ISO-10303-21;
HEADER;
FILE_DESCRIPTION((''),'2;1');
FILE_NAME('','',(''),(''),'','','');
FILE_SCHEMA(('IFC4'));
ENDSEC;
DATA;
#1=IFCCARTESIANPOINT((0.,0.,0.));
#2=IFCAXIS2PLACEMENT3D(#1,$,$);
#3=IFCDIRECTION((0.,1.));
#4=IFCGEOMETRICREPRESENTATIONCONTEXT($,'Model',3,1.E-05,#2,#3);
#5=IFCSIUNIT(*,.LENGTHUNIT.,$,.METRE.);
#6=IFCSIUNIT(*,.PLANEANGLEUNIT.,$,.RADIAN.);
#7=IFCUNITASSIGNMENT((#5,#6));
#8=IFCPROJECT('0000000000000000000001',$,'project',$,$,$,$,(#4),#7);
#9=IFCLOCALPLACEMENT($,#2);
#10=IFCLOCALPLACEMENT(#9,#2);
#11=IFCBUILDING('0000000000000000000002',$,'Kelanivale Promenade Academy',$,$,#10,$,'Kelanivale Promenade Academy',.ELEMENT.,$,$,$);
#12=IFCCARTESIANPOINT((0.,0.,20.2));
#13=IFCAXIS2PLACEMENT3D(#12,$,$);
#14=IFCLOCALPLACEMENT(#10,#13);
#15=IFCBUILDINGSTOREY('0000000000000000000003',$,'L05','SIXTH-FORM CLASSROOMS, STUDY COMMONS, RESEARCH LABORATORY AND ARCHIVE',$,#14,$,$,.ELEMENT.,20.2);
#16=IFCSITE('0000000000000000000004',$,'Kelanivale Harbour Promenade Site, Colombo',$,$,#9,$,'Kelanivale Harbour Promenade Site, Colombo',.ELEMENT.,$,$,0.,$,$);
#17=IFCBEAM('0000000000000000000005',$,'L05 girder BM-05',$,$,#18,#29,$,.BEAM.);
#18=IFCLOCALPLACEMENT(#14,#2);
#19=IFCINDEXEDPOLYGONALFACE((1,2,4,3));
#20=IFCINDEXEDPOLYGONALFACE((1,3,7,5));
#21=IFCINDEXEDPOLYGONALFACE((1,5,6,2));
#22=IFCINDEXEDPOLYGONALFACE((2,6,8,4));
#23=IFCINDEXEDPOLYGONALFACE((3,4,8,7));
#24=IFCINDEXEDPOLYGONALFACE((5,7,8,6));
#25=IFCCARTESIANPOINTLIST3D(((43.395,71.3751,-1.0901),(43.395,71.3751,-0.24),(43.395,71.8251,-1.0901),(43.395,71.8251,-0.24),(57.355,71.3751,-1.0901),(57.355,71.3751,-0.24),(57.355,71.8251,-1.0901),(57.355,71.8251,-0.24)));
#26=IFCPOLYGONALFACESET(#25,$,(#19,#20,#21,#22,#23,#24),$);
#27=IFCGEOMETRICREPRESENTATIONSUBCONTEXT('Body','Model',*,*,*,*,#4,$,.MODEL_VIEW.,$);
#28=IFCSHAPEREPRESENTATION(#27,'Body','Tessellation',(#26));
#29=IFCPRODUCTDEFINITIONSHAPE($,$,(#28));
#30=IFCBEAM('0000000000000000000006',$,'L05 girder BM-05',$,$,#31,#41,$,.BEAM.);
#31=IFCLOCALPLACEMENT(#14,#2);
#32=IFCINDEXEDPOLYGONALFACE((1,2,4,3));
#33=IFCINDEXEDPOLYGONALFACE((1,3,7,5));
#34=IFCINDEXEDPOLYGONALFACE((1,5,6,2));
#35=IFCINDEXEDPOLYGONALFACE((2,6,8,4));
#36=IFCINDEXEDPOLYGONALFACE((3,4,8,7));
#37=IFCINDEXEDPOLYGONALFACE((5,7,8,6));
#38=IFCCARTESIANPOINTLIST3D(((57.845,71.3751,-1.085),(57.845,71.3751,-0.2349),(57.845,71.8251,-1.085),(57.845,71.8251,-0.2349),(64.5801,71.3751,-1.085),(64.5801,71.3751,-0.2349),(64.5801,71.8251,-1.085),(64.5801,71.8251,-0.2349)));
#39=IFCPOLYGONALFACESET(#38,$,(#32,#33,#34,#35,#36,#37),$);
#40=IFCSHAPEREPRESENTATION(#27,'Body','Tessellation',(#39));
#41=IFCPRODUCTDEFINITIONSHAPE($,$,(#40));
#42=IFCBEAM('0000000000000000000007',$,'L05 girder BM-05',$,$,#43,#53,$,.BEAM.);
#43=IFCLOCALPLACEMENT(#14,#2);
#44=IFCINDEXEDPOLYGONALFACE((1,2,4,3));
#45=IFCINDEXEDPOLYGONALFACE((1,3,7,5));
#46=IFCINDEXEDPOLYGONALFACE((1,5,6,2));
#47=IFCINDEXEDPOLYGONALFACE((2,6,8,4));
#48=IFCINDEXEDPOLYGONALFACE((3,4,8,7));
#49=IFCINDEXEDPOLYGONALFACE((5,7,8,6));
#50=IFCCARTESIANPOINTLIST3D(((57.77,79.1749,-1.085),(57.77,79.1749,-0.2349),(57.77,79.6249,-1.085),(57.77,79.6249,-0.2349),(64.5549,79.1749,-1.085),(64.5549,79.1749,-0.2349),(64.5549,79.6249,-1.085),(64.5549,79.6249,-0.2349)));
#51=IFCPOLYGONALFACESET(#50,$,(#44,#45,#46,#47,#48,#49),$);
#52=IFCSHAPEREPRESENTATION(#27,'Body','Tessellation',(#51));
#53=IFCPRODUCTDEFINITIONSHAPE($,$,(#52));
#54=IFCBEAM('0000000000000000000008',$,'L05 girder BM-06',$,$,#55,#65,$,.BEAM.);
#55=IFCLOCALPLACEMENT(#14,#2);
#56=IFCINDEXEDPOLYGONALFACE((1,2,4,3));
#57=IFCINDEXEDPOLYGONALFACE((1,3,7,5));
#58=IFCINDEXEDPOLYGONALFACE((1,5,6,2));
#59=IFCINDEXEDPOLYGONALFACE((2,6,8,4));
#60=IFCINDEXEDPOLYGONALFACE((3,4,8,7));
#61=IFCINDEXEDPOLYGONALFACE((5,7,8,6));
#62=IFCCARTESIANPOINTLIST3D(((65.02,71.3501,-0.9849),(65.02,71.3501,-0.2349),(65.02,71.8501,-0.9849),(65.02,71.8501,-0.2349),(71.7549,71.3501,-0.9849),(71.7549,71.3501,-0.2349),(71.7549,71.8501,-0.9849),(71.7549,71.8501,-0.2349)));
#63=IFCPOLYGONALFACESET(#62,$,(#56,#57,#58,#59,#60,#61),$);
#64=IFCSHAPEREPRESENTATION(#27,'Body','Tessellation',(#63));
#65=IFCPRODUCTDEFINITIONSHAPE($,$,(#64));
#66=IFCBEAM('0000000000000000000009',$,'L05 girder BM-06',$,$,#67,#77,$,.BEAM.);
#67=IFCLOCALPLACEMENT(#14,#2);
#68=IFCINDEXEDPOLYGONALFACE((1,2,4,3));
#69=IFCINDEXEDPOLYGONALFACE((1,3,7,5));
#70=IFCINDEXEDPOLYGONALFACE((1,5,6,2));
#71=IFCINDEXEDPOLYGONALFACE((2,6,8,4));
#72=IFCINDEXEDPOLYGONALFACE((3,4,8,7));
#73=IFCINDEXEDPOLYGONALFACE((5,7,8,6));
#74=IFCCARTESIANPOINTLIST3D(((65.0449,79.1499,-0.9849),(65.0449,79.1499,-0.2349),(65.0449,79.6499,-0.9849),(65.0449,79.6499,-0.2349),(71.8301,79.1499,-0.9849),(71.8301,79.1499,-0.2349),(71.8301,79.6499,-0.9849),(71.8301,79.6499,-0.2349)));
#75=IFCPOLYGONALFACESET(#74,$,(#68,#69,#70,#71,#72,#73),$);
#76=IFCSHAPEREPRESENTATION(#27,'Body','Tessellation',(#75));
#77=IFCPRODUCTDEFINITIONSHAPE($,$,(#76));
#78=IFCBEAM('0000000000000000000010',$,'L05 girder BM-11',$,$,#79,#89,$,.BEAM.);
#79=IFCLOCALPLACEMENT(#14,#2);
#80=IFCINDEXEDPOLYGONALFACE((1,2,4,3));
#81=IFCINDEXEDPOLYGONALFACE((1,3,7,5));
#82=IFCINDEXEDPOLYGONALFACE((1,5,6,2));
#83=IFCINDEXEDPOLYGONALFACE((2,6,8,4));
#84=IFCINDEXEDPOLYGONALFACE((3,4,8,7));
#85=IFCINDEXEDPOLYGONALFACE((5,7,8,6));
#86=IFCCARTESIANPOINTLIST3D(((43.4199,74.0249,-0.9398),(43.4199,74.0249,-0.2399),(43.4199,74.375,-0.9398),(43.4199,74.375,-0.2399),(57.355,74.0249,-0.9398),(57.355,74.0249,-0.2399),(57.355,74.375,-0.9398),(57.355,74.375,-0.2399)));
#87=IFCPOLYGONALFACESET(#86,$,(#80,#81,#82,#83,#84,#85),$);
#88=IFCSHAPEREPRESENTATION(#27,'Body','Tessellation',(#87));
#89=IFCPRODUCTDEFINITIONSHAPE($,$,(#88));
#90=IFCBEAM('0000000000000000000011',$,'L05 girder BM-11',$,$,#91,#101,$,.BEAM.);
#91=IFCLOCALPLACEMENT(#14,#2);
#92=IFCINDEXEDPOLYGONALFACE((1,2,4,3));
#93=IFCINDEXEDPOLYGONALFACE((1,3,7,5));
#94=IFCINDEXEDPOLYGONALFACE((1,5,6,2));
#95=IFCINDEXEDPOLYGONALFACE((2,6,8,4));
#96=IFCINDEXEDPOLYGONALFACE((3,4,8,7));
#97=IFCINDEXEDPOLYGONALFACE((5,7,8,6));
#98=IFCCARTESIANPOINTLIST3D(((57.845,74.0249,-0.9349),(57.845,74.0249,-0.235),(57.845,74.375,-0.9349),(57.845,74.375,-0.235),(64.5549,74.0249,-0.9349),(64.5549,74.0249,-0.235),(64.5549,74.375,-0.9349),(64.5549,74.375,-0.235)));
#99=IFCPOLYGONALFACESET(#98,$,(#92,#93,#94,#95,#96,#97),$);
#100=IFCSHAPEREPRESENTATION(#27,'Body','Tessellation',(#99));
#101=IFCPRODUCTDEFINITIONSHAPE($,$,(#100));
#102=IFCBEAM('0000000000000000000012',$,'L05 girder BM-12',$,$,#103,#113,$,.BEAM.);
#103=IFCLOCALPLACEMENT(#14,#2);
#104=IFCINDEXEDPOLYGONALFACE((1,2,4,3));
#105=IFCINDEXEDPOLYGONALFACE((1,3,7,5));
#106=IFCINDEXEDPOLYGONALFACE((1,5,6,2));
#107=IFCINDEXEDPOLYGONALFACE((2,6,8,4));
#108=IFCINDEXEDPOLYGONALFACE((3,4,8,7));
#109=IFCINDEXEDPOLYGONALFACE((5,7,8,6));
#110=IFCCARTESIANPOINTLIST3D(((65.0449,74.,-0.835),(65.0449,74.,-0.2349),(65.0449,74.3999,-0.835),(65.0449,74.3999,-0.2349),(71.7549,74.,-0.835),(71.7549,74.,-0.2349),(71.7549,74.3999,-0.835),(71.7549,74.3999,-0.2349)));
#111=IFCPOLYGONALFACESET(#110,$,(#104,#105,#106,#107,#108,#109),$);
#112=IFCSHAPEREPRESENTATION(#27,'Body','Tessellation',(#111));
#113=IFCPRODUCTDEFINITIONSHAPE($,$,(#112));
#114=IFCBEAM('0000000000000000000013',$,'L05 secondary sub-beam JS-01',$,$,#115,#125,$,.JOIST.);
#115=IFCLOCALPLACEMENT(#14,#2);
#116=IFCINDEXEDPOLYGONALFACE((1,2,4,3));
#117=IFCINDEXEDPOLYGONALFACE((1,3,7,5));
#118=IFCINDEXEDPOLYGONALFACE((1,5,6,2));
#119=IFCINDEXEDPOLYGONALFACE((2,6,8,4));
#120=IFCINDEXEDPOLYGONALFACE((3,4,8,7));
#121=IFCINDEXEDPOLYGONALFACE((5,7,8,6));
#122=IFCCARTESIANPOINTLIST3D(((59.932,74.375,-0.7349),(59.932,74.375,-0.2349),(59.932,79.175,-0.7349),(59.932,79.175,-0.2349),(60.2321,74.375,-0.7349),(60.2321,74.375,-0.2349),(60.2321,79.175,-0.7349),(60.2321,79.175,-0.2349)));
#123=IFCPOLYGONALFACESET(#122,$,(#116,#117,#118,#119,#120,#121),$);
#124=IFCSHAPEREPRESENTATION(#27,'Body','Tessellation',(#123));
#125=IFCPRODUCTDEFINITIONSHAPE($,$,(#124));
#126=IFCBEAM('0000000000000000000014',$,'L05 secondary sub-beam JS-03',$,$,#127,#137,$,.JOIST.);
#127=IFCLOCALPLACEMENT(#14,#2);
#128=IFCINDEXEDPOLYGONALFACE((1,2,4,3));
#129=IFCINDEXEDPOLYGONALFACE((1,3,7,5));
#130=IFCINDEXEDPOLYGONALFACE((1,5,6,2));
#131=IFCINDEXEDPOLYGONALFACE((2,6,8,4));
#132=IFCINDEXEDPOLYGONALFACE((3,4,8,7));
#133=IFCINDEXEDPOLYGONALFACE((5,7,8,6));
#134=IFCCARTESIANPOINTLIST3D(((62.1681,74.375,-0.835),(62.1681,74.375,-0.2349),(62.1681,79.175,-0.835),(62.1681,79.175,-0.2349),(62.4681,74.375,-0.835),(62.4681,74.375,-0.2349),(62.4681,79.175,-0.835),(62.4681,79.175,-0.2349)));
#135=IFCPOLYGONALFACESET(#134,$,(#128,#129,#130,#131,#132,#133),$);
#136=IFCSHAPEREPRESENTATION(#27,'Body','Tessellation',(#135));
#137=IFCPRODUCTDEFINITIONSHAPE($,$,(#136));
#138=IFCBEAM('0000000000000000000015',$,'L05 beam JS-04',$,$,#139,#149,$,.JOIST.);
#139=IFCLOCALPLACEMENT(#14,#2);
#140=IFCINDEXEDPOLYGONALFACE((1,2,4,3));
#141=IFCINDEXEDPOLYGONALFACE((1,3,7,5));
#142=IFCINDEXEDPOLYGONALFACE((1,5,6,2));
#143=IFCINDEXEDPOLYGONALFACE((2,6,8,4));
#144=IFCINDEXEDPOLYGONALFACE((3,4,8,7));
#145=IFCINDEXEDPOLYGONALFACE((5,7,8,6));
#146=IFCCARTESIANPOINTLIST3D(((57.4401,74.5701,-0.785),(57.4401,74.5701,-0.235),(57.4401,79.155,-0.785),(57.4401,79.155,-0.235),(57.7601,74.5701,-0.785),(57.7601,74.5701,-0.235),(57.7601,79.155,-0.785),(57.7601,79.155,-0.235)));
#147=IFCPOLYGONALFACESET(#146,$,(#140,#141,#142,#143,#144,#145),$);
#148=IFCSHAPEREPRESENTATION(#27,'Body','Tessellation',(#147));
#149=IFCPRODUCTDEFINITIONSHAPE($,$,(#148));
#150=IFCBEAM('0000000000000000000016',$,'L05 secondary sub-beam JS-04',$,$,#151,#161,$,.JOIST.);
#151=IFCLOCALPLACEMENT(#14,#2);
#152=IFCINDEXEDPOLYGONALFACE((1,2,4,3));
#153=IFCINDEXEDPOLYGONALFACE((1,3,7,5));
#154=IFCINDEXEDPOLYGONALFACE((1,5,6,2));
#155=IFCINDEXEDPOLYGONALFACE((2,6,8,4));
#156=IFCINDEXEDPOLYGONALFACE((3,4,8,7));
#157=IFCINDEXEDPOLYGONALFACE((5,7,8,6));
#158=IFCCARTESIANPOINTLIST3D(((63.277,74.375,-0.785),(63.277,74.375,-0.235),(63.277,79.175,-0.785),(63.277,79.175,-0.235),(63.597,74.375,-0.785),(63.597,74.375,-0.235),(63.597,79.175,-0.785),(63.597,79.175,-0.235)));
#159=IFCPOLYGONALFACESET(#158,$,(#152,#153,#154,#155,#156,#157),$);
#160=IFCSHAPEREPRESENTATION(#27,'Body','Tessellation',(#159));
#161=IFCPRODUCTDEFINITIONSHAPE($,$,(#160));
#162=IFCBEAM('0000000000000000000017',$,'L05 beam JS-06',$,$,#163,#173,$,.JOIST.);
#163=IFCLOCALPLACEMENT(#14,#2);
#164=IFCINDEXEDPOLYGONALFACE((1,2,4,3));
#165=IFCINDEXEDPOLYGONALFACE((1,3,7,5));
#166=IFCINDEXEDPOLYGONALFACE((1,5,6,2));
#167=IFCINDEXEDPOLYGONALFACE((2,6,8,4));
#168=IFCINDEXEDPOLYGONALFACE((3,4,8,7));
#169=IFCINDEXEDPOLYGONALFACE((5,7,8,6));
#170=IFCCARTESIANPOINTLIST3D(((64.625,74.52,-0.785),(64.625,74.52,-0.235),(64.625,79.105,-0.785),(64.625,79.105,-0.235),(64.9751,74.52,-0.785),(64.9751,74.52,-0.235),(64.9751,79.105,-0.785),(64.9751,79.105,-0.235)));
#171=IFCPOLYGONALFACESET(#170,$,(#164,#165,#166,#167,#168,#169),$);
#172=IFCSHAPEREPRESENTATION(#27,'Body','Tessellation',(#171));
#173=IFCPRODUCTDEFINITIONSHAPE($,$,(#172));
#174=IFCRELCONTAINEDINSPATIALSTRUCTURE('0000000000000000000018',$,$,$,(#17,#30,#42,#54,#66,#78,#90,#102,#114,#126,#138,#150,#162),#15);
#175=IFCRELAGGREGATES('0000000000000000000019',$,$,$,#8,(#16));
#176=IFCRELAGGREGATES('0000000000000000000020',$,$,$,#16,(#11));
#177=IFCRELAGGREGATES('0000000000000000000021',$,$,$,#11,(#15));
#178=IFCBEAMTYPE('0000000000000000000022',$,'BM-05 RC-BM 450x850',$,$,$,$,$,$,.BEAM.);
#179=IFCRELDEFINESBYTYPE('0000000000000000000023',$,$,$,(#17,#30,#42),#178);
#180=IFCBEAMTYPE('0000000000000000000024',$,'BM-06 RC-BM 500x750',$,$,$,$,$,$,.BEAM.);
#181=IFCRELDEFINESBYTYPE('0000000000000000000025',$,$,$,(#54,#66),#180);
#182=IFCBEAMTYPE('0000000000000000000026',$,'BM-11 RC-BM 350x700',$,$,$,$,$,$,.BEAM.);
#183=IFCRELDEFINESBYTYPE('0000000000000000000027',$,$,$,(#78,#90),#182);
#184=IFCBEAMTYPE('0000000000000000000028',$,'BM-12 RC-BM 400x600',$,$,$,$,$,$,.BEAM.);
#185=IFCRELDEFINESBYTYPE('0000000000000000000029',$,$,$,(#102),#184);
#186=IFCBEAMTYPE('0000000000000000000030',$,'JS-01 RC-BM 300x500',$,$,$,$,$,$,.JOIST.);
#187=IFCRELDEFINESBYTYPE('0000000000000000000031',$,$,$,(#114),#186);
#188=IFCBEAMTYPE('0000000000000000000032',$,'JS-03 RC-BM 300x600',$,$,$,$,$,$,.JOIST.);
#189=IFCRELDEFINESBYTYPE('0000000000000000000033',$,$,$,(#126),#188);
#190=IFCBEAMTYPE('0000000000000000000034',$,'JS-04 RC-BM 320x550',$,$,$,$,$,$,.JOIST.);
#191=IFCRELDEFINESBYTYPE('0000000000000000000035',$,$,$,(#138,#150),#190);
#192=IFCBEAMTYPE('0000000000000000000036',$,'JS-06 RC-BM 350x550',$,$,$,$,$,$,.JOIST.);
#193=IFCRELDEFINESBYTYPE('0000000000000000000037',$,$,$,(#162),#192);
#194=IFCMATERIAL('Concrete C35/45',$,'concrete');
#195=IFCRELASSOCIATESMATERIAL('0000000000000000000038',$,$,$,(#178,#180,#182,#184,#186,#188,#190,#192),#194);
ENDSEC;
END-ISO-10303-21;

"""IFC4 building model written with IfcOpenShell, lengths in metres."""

from ifc_helpers import new_model, si_unit, direction, frame, origin, origin_2d, place, context, subcontext, project, spatial, rectangle, extrude, material, material_profile, profile_set, type_object, element, save


model = new_model("IFC4")

# Units and contexts
model_context = context("Model", 3, precision=1e-05, world=origin(), true_north=direction((0.0, 1.0)))
body_context = subcontext(model_context, "Body", "Model", "MODEL_VIEW")
ifc_project = project(units=[si_unit("LENGTHUNIT", "METRE"), si_unit("PLANEANGLEUNIT", "RADIAN")], contexts=[model_context])

# Site, building, storey
site_placement = place(None, origin())
site = spatial("IfcSite", under=ifc_project, at=site_placement, Name="Kelanivale Harbour Promenade Site, Colombo", LongName="Kelanivale Harbour Promenade Site, Colombo", CompositionType="ELEMENT", RefElevation=0.0)
building_placement = place(site_placement, origin())
building = spatial("IfcBuilding", under=site, at=building_placement, Name="Kelanivale Promenade Academy", LongName="Kelanivale Promenade Academy", CompositionType="ELEMENT")
storey_placement = place(building_placement, frame((0.0, 0.0, 20.2)))
storey = spatial("IfcBuildingStorey", under=building, at=storey_placement, Name="L05", Description="SIXTH-FORM CLASSROOMS, STUDY COMMONS, RESEARCH LABORATORY AND ARCHIVE", CompositionType="ELEMENT", Elevation=20.2)

# Beams
ifc_material_1 = material(Name="Concrete C35/45", Category="concrete")
ifc_material_profile_1 = material_profile(ifc_material_1, rectangle(XDim=0.45, YDim=0.8501, at=origin_2d()), Name="RC-BM 450x850")
ifc_profile_set_1 = profile_set([ifc_material_profile_1], Name="Concrete C35/45")
beam_type_1 = type_object("IfcBeamType", Name="BM-05 RC-BM 450x850", PredefinedType="BEAM", material=ifc_profile_set_1)
beam_1_placement = place(storey_placement, frame((43.395, 71.6001, -0.665), z_axis=(1.0, 0.0, 0.0), x_axis=(0.0, 1.0, 0.0)))
element("IfcBeam", 1, at=beam_1_placement, inside=storey, type_object=beam_type_1, Name="L05 girder BM-05", PredefinedType="BEAM", context=body_context, shape_type="SweptSolid", body=[
    extrude(rectangle(XDim=0.45, YDim=0.8501, at=origin_2d()), origin(), (0.0, 0.0, 1.0), 13.96),
])
beam_2_placement = place(storey_placement, frame((57.845, 71.6001, -0.6599), z_axis=(1.0, 0.0, 0.0), x_axis=(0.0, 1.0, 0.0)))
element("IfcBeam", 2, at=beam_2_placement, inside=storey, type_object=beam_type_1, Name="L05 girder BM-05", PredefinedType="BEAM", context=body_context, shape_type="SweptSolid", body=[
    extrude(rectangle(XDim=0.45, YDim=0.8501, at=origin_2d()), origin(), (0.0, 0.0, 1.0), 6.7351),
])
beam_3_placement = place(storey_placement, frame((57.77, 79.3999, -0.6599), z_axis=(1.0, 0.0, 0.0), x_axis=(0.0, 1.0, 0.0)))
element("IfcBeam", 3, at=beam_3_placement, inside=storey, type_object=beam_type_1, Name="L05 girder BM-05", PredefinedType="BEAM", context=body_context, shape_type="SweptSolid", body=[
    extrude(rectangle(XDim=0.45, YDim=0.8501, at=origin_2d()), origin(), (0.0, 0.0, 1.0), 6.7849),
])
ifc_material_profile_2 = material_profile(ifc_material_1, rectangle(XDim=0.5, YDim=0.75, at=origin_2d()), Name="RC-BM 500x750")
ifc_profile_set_2 = profile_set([ifc_material_profile_2], Name="Concrete C35/45")
beam_type_2 = type_object("IfcBeamType", Name="BM-06 RC-BM 500x750", PredefinedType="BEAM", material=ifc_profile_set_2)
beam_4_placement = place(storey_placement, frame((65.02, 71.6001, -0.6099), z_axis=(1.0, 0.0, 0.0), x_axis=(0.0, 1.0, 0.0)))
element("IfcBeam", 4, at=beam_4_placement, inside=storey, type_object=beam_type_2, Name="L05 girder BM-06", PredefinedType="BEAM", context=body_context, shape_type="SweptSolid", body=[
    extrude(rectangle(XDim=0.5, YDim=0.75, at=origin_2d()), origin(), (0.0, 0.0, 1.0), 6.7349),
])
beam_5_placement = place(storey_placement, frame((65.0449, 79.3999, -0.6099), z_axis=(1.0, 0.0, 0.0), x_axis=(0.0, 1.0, 0.0)))
element("IfcBeam", 5, at=beam_5_placement, inside=storey, type_object=beam_type_2, Name="L05 girder BM-06", PredefinedType="BEAM", context=body_context, shape_type="SweptSolid", body=[
    extrude(rectangle(XDim=0.5, YDim=0.75, at=origin_2d()), origin(), (0.0, 0.0, 1.0), 6.7852),
])
ifc_material_profile_3 = material_profile(ifc_material_1, rectangle(XDim=0.3501, YDim=0.7, at=origin_2d()), Name="RC-BM 350x700")
ifc_profile_set_3 = profile_set([ifc_material_profile_3], Name="Concrete C35/45")
beam_type_3 = type_object("IfcBeamType", Name="BM-11 RC-BM 350x700", PredefinedType="BEAM", material=ifc_profile_set_3)
beam_6_placement = place(storey_placement, frame((43.4199, 74.2, -0.5898), z_axis=(1.0, 0.0, 0.0), x_axis=(0.0, 1.0, 0.0)))
element("IfcBeam", 6, at=beam_6_placement, inside=storey, type_object=beam_type_3, Name="L05 girder BM-11", PredefinedType="BEAM", context=body_context, shape_type="SweptSolid", body=[
    extrude(rectangle(XDim=0.3501, YDim=0.7, at=origin_2d()), origin(), (0.0, 0.0, 1.0), 13.9351),
])
beam_7_placement = place(storey_placement, frame((57.845, 74.2, -0.585), z_axis=(1.0, 0.0, 0.0), x_axis=(0.0, 1.0, 0.0)))
element("IfcBeam", 7, at=beam_7_placement, inside=storey, type_object=beam_type_3, Name="L05 girder BM-11", PredefinedType="BEAM", context=body_context, shape_type="SweptSolid", body=[
    extrude(rectangle(XDim=0.3501, YDim=0.7, at=origin_2d()), origin(), (0.0, 0.0, 1.0), 6.71),
])
ifc_material_profile_4 = material_profile(ifc_material_1, rectangle(XDim=0.3999, YDim=0.6001, at=origin_2d()), Name="RC-BM 400x600")
ifc_profile_set_4 = profile_set([ifc_material_profile_4], Name="Concrete C35/45")
beam_type_4 = type_object("IfcBeamType", Name="BM-12 RC-BM 400x600", PredefinedType="BEAM", material=ifc_profile_set_4)
beam_8_placement = place(storey_placement, frame((65.0449, 74.2, -0.5349), z_axis=(1.0, 0.0, 0.0), x_axis=(0.0, 1.0, 0.0)))
element("IfcBeam", 8, at=beam_8_placement, inside=storey, type_object=beam_type_4, Name="L05 girder BM-12", PredefinedType="BEAM", context=body_context, shape_type="SweptSolid", body=[
    extrude(rectangle(XDim=0.3999, YDim=0.6001, at=origin_2d()), origin(), (0.0, 0.0, 1.0), 6.71),
])
ifc_material_profile_5 = material_profile(ifc_material_1, rectangle(XDim=0.3, YDim=0.5, at=origin_2d()), Name="RC-BM 300x500")
ifc_profile_set_5 = profile_set([ifc_material_profile_5], Name="Concrete C35/45")
beam_type_5 = type_object("IfcBeamType", Name="JS-01 RC-BM 300x500", PredefinedType="JOIST", material=ifc_profile_set_5)
beam_9_placement = place(storey_placement, frame((60.082, 74.375, -0.4849), z_axis=(0.0, 1.0, 0.0), x_axis=(-1.0, 0.0, 0.0)))
element("IfcBeam", 9, at=beam_9_placement, inside=storey, type_object=beam_type_5, Name="L05 secondary sub-beam JS-01", PredefinedType="JOIST", context=body_context, shape_type="SweptSolid", body=[
    extrude(rectangle(XDim=0.3, YDim=0.5, at=origin_2d()), origin(), (0.0, 0.0, 1.0), 4.8),
])
ifc_material_profile_6 = material_profile(ifc_material_1, rectangle(XDim=0.3, YDim=0.6001, at=origin_2d()), Name="RC-BM 300x600")
ifc_profile_set_6 = profile_set([ifc_material_profile_6], Name="Concrete C35/45")
beam_type_6 = type_object("IfcBeamType", Name="JS-03 RC-BM 300x600", PredefinedType="JOIST", material=ifc_profile_set_6)
beam_10_placement = place(storey_placement, frame((62.3181, 74.375, -0.5349), z_axis=(0.0, 1.0, 0.0), x_axis=(-1.0, 0.0, 0.0)))
element("IfcBeam", 10, at=beam_10_placement, inside=storey, type_object=beam_type_6, Name="L05 secondary sub-beam JS-03", PredefinedType="JOIST", context=body_context, shape_type="SweptSolid", body=[
    extrude(rectangle(XDim=0.3, YDim=0.6001, at=origin_2d()), origin(), (0.0, 0.0, 1.0), 4.8),
])
ifc_material_profile_7 = material_profile(ifc_material_1, rectangle(XDim=0.3201, YDim=0.55, at=origin_2d()), Name="RC-BM 320x550")
ifc_profile_set_7 = profile_set([ifc_material_profile_7], Name="Concrete C35/45")
beam_type_7 = type_object("IfcBeamType", Name="JS-04 RC-BM 320x550", PredefinedType="JOIST", material=ifc_profile_set_7)
beam_11_placement = place(storey_placement, frame((57.6001, 74.5701, -0.51), z_axis=(0.0, 1.0, 0.0), x_axis=(-1.0, 0.0, 0.0)))
element("IfcBeam", 11, at=beam_11_placement, inside=storey, type_object=beam_type_7, Name="L05 beam JS-04", PredefinedType="JOIST", context=body_context, shape_type="SweptSolid", body=[
    extrude(rectangle(XDim=0.3201, YDim=0.55, at=origin_2d()), origin(), (0.0, 0.0, 1.0), 4.585),
])
beam_12_placement = place(storey_placement, frame((63.437, 74.375, -0.51), z_axis=(0.0, 1.0, 0.0), x_axis=(-1.0, 0.0, 0.0)))
element("IfcBeam", 12, at=beam_12_placement, inside=storey, type_object=beam_type_7, Name="L05 secondary sub-beam JS-04", PredefinedType="JOIST", context=body_context, shape_type="SweptSolid", body=[
    extrude(rectangle(XDim=0.3201, YDim=0.55, at=origin_2d()), origin(), (0.0, 0.0, 1.0), 4.8),
])
ifc_material_profile_8 = material_profile(ifc_material_1, rectangle(XDim=0.3501, YDim=0.55, at=origin_2d()), Name="RC-BM 350x550")
ifc_profile_set_8 = profile_set([ifc_material_profile_8], Name="Concrete C35/45")
beam_type_8 = type_object("IfcBeamType", Name="JS-06 RC-BM 350x550", PredefinedType="JOIST", material=ifc_profile_set_8)
beam_13_placement = place(storey_placement, frame((64.8, 74.52, -0.51), z_axis=(0.0, 1.0, 0.0), x_axis=(-1.0, 0.0, 0.0)))
element("IfcBeam", 13, at=beam_13_placement, inside=storey, type_object=beam_type_8, Name="L05 beam JS-06", PredefinedType="JOIST", context=body_context, shape_type="SweptSolid", body=[
    extrude(rectangle(XDim=0.3501, YDim=0.55, at=origin_2d()), origin(), (0.0, 0.0, 1.0), 4.585),
])

save(model, "model.ifc")
